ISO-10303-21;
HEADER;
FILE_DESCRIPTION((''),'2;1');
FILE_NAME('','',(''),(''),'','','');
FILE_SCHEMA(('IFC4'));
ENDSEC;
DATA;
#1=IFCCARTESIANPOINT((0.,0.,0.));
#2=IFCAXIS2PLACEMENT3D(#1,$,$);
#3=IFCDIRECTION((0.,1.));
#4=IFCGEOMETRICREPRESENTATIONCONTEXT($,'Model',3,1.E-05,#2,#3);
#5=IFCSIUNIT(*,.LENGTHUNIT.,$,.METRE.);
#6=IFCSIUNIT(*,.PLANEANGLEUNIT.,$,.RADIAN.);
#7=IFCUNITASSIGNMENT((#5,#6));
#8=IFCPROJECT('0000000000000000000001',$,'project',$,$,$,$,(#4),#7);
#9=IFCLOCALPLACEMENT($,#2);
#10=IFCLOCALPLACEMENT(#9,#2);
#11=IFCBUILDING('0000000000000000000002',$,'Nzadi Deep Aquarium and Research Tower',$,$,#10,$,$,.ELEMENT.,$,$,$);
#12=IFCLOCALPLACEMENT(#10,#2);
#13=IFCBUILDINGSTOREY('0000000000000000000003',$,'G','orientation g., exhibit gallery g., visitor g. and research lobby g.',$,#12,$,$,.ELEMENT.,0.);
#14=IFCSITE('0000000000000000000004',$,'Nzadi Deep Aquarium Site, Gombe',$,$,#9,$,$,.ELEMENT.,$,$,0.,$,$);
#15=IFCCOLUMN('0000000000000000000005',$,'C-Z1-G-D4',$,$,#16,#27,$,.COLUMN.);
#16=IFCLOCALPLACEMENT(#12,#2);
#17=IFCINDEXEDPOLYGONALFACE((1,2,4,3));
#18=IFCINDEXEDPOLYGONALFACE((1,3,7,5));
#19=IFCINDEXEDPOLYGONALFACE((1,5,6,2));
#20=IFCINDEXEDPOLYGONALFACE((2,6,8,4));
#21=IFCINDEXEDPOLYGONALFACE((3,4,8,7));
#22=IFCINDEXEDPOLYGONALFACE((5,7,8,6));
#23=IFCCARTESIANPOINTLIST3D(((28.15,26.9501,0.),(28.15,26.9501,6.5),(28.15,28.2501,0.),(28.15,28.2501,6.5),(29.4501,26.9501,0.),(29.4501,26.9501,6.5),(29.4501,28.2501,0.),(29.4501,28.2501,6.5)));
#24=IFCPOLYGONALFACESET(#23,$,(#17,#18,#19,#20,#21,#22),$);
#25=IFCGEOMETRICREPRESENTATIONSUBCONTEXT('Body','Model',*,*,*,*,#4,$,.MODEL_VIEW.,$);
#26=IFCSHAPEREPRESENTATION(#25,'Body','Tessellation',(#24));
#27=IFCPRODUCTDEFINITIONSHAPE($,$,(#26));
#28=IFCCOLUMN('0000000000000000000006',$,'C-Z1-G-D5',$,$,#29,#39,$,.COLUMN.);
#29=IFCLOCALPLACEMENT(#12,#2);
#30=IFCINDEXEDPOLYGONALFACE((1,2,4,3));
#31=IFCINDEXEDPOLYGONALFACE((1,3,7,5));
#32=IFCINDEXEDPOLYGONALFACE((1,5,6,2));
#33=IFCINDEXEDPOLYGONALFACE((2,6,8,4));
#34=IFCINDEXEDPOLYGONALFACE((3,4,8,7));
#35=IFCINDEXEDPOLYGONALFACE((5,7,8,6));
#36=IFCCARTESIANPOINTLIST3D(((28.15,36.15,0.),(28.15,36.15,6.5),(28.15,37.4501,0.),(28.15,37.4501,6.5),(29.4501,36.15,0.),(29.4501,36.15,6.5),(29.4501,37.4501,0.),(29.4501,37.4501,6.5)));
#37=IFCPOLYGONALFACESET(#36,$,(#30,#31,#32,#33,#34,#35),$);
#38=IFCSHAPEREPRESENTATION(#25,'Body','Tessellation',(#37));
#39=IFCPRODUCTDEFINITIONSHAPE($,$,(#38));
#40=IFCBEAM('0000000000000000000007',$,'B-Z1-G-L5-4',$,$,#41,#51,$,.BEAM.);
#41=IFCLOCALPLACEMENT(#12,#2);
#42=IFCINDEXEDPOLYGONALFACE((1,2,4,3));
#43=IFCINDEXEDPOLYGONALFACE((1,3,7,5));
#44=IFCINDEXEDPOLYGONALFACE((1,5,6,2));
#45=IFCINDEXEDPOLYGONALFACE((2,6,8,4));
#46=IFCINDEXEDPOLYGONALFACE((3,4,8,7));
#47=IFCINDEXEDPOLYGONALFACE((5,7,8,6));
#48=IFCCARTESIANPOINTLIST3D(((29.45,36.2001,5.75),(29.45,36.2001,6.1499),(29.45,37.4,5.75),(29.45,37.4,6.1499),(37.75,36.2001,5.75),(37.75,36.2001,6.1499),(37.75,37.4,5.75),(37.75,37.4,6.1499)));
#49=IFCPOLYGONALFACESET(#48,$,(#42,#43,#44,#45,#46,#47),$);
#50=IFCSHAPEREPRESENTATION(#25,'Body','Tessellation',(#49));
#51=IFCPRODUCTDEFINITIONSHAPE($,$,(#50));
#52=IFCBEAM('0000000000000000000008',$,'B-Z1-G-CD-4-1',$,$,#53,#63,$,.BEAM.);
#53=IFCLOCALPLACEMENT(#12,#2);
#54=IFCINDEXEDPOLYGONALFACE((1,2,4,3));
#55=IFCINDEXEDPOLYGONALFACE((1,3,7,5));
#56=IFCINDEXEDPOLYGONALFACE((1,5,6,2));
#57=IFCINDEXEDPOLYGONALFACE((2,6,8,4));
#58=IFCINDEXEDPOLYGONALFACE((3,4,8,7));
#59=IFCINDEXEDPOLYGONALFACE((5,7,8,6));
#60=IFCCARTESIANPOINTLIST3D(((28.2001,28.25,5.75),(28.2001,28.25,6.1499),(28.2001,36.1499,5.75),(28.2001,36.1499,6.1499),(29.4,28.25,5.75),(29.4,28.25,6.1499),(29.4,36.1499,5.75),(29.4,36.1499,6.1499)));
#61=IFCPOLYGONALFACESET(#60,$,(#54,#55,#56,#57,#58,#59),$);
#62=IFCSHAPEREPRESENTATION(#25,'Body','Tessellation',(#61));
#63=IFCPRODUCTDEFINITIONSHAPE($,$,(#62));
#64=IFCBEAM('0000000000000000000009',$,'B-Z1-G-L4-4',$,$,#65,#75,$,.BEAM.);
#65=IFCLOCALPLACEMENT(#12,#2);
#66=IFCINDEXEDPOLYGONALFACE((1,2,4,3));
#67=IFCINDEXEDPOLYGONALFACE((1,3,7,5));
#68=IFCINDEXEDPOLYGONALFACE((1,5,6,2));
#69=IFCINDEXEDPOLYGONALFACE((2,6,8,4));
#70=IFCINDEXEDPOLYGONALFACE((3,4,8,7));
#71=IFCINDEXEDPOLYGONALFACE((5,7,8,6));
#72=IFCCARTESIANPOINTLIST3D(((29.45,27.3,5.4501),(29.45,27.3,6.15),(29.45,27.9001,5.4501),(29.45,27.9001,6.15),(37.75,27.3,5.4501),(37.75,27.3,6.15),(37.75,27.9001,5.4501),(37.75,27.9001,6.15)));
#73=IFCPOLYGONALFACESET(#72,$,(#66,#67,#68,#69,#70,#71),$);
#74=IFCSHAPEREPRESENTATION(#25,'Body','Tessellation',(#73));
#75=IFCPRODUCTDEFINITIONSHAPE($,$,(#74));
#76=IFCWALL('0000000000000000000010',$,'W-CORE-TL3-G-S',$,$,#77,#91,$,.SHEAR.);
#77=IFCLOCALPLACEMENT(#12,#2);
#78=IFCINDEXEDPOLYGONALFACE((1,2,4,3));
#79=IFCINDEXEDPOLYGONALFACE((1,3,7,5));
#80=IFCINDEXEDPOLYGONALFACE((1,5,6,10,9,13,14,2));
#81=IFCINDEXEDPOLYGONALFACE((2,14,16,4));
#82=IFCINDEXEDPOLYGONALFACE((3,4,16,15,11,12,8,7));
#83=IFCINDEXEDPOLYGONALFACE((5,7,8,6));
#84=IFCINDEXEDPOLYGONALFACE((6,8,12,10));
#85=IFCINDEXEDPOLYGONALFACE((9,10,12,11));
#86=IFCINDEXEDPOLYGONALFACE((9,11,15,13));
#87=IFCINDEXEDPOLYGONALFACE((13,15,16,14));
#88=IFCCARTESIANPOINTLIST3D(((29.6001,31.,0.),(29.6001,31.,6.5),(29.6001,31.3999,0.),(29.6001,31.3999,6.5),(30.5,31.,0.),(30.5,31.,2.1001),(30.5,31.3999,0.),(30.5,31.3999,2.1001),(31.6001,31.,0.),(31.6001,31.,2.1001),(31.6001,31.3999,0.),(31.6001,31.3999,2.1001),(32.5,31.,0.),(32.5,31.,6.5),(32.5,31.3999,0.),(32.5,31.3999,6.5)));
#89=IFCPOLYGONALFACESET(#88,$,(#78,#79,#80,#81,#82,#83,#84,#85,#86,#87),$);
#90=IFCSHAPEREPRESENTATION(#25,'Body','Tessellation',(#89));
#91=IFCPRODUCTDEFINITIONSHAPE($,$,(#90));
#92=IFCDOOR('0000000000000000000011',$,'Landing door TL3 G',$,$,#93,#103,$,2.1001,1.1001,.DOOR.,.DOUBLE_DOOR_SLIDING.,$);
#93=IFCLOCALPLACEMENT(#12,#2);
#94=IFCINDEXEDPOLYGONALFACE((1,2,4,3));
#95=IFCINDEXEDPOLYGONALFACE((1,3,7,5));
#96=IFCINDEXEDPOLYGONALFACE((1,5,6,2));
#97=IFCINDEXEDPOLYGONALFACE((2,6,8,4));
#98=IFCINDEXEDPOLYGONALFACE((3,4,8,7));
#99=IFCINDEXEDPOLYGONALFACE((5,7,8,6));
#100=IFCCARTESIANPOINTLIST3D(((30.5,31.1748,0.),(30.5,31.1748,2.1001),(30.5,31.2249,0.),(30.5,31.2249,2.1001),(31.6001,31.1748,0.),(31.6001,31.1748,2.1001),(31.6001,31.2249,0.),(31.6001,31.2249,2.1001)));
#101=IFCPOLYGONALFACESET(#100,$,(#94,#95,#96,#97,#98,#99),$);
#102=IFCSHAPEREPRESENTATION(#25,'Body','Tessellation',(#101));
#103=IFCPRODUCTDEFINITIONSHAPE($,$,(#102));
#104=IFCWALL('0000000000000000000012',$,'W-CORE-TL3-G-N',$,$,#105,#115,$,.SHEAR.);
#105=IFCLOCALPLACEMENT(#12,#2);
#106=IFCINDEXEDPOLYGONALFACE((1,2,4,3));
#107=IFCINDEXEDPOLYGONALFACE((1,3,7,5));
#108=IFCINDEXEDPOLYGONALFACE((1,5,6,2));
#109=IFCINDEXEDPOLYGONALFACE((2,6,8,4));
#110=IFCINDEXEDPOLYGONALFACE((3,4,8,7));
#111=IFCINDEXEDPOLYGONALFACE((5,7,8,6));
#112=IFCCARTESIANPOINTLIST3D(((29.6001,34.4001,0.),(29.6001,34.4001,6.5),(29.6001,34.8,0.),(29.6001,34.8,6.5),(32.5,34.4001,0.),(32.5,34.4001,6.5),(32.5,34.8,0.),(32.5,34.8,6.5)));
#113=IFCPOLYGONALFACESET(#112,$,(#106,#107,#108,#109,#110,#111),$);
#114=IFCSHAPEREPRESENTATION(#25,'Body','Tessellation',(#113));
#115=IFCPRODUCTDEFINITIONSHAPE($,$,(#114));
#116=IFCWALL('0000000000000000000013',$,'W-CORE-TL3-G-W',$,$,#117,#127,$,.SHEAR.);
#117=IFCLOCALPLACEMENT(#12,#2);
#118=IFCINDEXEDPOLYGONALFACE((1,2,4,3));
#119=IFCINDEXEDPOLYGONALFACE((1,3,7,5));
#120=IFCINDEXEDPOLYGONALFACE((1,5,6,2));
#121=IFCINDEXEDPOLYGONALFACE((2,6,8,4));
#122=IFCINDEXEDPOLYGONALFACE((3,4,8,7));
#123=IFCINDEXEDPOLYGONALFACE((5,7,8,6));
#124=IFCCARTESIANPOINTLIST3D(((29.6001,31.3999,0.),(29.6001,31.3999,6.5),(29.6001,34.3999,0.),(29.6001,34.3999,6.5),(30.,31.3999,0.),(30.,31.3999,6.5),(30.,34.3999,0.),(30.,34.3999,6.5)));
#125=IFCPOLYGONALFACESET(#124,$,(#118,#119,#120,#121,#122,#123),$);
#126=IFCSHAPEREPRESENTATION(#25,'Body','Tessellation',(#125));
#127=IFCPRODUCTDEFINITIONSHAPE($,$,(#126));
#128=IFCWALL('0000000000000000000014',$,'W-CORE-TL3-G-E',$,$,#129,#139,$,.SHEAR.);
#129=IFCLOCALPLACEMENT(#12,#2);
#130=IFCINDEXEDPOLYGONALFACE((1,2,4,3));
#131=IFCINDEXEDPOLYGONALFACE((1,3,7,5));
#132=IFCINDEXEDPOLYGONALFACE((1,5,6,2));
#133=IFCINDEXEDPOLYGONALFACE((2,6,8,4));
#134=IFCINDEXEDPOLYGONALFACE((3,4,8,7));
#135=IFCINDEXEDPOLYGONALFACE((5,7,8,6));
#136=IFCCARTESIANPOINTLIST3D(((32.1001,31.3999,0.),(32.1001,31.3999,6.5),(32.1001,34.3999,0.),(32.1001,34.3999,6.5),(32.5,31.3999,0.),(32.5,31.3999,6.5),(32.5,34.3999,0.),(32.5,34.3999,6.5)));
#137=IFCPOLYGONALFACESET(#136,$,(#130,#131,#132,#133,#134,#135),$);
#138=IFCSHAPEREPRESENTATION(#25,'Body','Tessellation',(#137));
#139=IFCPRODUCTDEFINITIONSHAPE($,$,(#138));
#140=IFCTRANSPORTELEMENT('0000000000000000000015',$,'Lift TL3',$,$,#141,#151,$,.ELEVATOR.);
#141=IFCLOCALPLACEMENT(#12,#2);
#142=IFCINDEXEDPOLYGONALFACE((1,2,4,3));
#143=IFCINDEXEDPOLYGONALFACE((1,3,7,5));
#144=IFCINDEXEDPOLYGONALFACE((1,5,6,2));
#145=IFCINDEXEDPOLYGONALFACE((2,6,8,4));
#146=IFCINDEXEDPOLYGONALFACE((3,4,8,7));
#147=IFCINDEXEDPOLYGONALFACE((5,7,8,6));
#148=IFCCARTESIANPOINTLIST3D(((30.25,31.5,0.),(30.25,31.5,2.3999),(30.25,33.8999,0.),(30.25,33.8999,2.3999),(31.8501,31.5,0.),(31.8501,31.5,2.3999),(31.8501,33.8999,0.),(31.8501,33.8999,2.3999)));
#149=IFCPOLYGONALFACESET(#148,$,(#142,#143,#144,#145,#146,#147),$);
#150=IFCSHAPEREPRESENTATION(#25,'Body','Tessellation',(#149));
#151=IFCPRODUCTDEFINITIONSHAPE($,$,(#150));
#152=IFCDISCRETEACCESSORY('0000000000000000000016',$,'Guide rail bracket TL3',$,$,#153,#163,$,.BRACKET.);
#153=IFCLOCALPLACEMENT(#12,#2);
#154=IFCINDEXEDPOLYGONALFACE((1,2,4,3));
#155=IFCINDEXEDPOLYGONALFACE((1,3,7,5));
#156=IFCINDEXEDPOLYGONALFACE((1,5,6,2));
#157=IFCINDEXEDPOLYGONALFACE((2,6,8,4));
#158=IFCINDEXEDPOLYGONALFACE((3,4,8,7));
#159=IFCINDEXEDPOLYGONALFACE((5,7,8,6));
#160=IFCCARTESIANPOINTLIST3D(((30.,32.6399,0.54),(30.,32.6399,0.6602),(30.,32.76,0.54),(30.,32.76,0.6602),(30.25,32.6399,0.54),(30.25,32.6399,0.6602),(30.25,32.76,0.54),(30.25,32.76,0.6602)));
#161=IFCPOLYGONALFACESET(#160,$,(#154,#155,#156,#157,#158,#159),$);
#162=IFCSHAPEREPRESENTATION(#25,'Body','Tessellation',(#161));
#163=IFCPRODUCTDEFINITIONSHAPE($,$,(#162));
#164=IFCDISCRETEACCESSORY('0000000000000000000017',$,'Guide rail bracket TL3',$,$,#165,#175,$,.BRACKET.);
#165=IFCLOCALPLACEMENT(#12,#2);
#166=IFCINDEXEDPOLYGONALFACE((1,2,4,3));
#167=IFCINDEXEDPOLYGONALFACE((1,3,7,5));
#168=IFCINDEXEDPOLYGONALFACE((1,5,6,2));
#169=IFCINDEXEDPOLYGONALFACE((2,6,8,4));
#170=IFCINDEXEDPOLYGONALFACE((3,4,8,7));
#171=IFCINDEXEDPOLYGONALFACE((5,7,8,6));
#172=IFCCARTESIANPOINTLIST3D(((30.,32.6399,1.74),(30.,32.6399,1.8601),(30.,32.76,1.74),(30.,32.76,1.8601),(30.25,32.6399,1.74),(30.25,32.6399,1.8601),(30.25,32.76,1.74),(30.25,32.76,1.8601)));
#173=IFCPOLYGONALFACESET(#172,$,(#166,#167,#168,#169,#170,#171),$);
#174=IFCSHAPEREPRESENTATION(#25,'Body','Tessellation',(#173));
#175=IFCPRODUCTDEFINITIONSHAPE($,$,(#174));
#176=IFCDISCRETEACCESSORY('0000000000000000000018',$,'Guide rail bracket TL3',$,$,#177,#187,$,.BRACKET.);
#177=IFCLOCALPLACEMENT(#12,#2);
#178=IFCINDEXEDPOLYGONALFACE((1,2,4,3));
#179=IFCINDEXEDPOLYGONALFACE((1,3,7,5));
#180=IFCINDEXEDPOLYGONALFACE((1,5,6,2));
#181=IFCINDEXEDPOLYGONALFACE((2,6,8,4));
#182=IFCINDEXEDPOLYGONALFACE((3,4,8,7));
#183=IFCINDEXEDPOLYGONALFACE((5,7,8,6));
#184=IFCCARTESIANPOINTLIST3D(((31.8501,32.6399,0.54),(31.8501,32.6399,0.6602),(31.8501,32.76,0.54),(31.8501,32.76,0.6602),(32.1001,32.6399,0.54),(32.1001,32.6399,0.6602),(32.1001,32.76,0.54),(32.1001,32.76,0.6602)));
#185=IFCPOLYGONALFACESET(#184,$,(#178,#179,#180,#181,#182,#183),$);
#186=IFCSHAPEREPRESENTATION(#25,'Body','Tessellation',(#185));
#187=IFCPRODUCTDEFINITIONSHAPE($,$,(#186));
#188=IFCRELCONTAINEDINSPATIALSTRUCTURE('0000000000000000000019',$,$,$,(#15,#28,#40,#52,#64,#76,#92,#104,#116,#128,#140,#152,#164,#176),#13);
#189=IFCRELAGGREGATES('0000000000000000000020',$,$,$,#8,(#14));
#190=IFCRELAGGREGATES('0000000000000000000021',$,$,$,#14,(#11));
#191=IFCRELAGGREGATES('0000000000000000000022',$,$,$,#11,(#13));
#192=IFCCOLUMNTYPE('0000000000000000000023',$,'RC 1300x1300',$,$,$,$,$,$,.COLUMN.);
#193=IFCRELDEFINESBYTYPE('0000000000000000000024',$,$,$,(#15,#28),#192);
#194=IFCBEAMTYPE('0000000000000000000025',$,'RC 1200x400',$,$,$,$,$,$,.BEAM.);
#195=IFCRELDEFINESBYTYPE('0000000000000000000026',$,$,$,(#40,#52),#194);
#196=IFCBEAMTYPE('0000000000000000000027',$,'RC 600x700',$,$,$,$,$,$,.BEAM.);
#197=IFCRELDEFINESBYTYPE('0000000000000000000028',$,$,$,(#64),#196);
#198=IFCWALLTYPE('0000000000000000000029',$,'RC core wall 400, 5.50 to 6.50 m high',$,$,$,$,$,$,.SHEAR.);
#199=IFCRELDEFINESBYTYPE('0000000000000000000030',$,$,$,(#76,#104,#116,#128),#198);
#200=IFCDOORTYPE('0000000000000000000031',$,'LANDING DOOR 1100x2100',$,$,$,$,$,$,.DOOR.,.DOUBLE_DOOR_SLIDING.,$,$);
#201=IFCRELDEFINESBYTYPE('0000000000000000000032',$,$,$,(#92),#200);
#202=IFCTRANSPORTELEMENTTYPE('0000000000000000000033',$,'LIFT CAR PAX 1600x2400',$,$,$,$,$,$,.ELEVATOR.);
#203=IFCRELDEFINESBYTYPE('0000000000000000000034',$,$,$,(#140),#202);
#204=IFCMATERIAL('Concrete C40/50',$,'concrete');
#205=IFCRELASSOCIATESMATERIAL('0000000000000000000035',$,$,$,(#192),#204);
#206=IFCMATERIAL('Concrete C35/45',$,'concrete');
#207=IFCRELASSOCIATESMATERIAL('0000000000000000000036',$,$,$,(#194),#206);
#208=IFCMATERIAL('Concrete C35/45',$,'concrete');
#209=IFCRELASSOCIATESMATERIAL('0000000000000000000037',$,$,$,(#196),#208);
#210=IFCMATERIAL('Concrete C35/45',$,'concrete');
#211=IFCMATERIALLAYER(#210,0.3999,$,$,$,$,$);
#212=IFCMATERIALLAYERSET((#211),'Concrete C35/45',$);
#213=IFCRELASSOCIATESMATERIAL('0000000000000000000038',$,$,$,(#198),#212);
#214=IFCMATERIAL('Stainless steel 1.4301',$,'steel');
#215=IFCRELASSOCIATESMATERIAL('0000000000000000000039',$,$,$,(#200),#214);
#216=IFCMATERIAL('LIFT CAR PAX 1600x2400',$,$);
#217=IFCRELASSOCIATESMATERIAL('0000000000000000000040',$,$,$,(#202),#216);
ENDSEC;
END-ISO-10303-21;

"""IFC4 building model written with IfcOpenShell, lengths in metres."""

from ifc_helpers import new_model, si_unit, direction, frame, frame_2d, origin, origin_2d, place, context, subcontext, project, spatial, rectangle, extrude, material, layer, layer_set, material_profile, profile_set, type_object, element, fill, save


model = new_model("IFC4")

# Units and contexts
model_context = context("Model", 3, precision=1e-05, world=origin(), true_north=direction((0.0, 1.0)))
body_context = subcontext(model_context, "Body", "Model", "MODEL_VIEW")
ifc_project = project(units=[si_unit("LENGTHUNIT", "METRE"), si_unit("PLANEANGLEUNIT", "RADIAN")], contexts=[model_context])

# Site, building, storey
site_placement = place(None, origin())
site = spatial("IfcSite", under=ifc_project, at=site_placement, Name="Nzadi Deep Aquarium Site, Gombe", CompositionType="ELEMENT", RefElevation=0.0)
building_placement = place(site_placement, origin())
building = spatial("IfcBuilding", under=site, at=building_placement, Name="Nzadi Deep Aquarium and Research Tower", CompositionType="ELEMENT")
storey_placement = place(building_placement, origin())
storey = spatial("IfcBuildingStorey", under=building, at=storey_placement, Name="G", Description="orientation g., exhibit gallery g., visitor g. and research lobby g.", CompositionType="ELEMENT", Elevation=0.0)

# Columns
ifc_material_1 = material(Name="Concrete C40/50", Category="concrete")
ifc_material_profile_1 = material_profile(ifc_material_1, rectangle(XDim=1.3, YDim=1.3, at=origin_2d()))
ifc_profile_set_1 = profile_set([ifc_material_profile_1], Name="Concrete C40/50")
column_type = type_object("IfcColumnType", Name="RC 1300x1300", PredefinedType="COLUMN", material=ifc_profile_set_1)
for number, where, z_axis, x_axis, name in (
    (1, (28.8, 27.6001, 0.0), (0.0, 0.0, 1.0), (1.0, 0.0, 0.0), "C-Z1-G-D4"),
    (2, (28.8, 36.8, 0.0), (0.0, 0.0, 1.0), (1.0, 0.0, 0.0), "C-Z1-G-D5"),
):
    element("IfcColumn", number, at=place(storey_placement, frame(where, z_axis=z_axis, x_axis=x_axis)), inside=storey, type_object=column_type, Name=name, PredefinedType="COLUMN", context=body_context, shape_type="SweptSolid", body=[
        extrude(rectangle(XDim=1.3, YDim=1.3, at=origin_2d()), origin(), (0.0, 0.0, 1.0), 6.5),
    ])

# Beams
ifc_material_2 = material(Name="Concrete C35/45", Category="concrete")
ifc_material_profile_2 = material_profile(ifc_material_2, rectangle(XDim=1.2, YDim=0.3999, at=origin_2d()))
ifc_profile_set_2 = profile_set([ifc_material_profile_2], Name="Concrete C35/45")
beam_type_1 = type_object("IfcBeamType", Name="RC 1200x400", PredefinedType="BEAM", material=ifc_profile_set_2)
beam_1_placement = place(storey_placement, frame((29.45, 36.8, 5.95), z_axis=(1.0, 0.0, 0.0), x_axis=(0.0, 1.0, 0.0)))
element("IfcBeam", 3, at=beam_1_placement, inside=storey, type_object=beam_type_1, Name="B-Z1-G-L5-4", PredefinedType="BEAM", context=body_context, shape_type="SweptSolid", body=[
    extrude(rectangle(XDim=1.2, YDim=0.3999, at=origin_2d()), origin(), (0.0, 0.0, 1.0), 8.3),
])
beam_2_placement = place(storey_placement, frame((28.8, 28.25, 5.95), z_axis=(0.0, 1.0, 0.0), x_axis=(-1.0, 0.0, 0.0)))
element("IfcBeam", 4, at=beam_2_placement, inside=storey, type_object=beam_type_1, Name="B-Z1-G-CD-4-1", PredefinedType="BEAM", context=body_context, shape_type="SweptSolid", body=[
    extrude(rectangle(XDim=1.2, YDim=0.3999, at=origin_2d()), origin(), (0.0, 0.0, 1.0), 7.8999),
])
ifc_material_3 = material(Name="Concrete C35/45", Category="concrete")
ifc_material_profile_3 = material_profile(ifc_material_3, rectangle(XDim=0.6001, YDim=0.7, at=origin_2d()))
ifc_profile_set_3 = profile_set([ifc_material_profile_3], Name="Concrete C35/45")
beam_type_2 = type_object("IfcBeamType", Name="RC 600x700", PredefinedType="BEAM", material=ifc_profile_set_3)
beam_3_placement = place(storey_placement, frame((29.45, 27.6001, 5.8), z_axis=(1.0, 0.0, 0.0), x_axis=(0.0, 1.0, 0.0)))
element("IfcBeam", 5, at=beam_3_placement, inside=storey, type_object=beam_type_2, Name="B-Z1-G-L4-4", PredefinedType="BEAM", context=body_context, shape_type="SweptSolid", body=[
    extrude(rectangle(XDim=0.6001, YDim=0.7, at=origin_2d()), origin(), (0.0, 0.0, 1.0), 8.3),
])

# Wall, opening, door
ifc_material_4 = material(Name="Concrete C35/45", Category="concrete")
ifc_layer = layer(ifc_material_4, 0.3999)
ifc_layer_set = layer_set([ifc_layer], Name="Concrete C35/45")
wall_type = type_object("IfcWallType", Name="RC core wall 400, 5.50 to 6.50 m high", PredefinedType="SHEAR", material=ifc_layer_set)
wall_1_placement = place(storey_placement, frame((29.6001, 31.2, 0.0), z_axis=(0.0, 0.0, 1.0), x_axis=(1.0, 0.0, 0.0)))
wall_1 = element("IfcWall", 6, at=wall_1_placement, inside=storey, type_object=wall_type, Name="W-CORE-TL3-G-S", PredefinedType="SHEAR", context=body_context, shape_type="SweptSolid", body=[
    extrude(rectangle(XDim=2.8999, YDim=0.3999, at=frame_2d((1.45, 0.0))), origin(), (0.0, 0.0, 1.0), 6.5),
])
opening_placement = place(wall_1_placement, frame((0.8999, 0.0, 0.0)))
opening = element("IfcOpeningElement", 7, at=opening_placement, cuts=wall_1, PredefinedType="OPENING", context=body_context, shape_type="SweptSolid", body=[
    extrude(rectangle(XDim=1.1001, YDim=2.1001, at=frame_2d((0.55, 1.05))), frame((0.0, 0.21, 0.0), z_axis=(0.0, -1.0, 0.0), x_axis=(1.0, 0.0, 0.0)), (0.0, 0.0, 1.0), 0.4199),
])
ifc_material_5 = material(Name="Stainless steel 1.4301", Category="steel")
door_type = type_object("IfcDoorType", Name="LANDING DOOR 1100x2100", OperationType="DOUBLE_DOOR_SLIDING", PredefinedType="DOOR", material=ifc_material_5)
door_placement = place(opening_placement, origin())
door = element("IfcDoor", 8, at=door_placement, inside=storey, type_object=door_type, Name="Landing door TL3 G", OperationType="DOUBLE_DOOR_SLIDING", OverallHeight=2.1001, OverallWidth=1.1001, PredefinedType="DOOR", context=body_context, shape_type="SweptSolid", body=[
    extrude(rectangle(XDim=1.1001, YDim=2.1001, at=frame_2d((0.55, 1.05))), frame((0.0, 0.0249, 0.0), z_axis=(0.0, -1.0, 0.0), x_axis=(1.0, 0.0, 0.0)), (0.0, 0.0, 1.0), 0.05),
])
fill(opening, door)

# Walls
wall_2_placement = place(storey_placement, frame((29.6001, 34.6001, 0.0), z_axis=(0.0, 0.0, 1.0), x_axis=(1.0, 0.0, 0.0)))
element("IfcWall", 9, at=wall_2_placement, inside=storey, type_object=wall_type, Name="W-CORE-TL3-G-N", PredefinedType="SHEAR", context=body_context, shape_type="SweptSolid", body=[
    extrude(rectangle(XDim=2.8999, YDim=0.3999, at=frame_2d((1.45, 0.0))), origin(), (0.0, 0.0, 1.0), 6.5),
])
for number, where, z_axis, x_axis, name in (
    (10, (29.8, 31.3999, 0.0), (0.0, 0.0, 1.0), (0.0, 1.0, 0.0), "W-CORE-TL3-G-W"),
    (11, (32.3, 31.3999, 0.0), (0.0, 0.0, 1.0), (0.0, 1.0, 0.0), "W-CORE-TL3-G-E"),
):
    element("IfcWall", number, at=place(storey_placement, frame(where, z_axis=z_axis, x_axis=x_axis)), inside=storey, type_object=wall_type, Name=name, PredefinedType="SHEAR", context=body_context, shape_type="SweptSolid", body=[
        extrude(rectangle(XDim=3.0, YDim=0.3999, at=frame_2d((1.5, 0.0))), origin(), (0.0, 0.0, 1.0), 6.5),
    ])

# Transport element
ifc_material_6 = material(Name="LIFT CAR PAX 1600x2400")
transport_element_type = type_object("IfcTransportElementType", Name="LIFT CAR PAX 1600x2400", PredefinedType="ELEVATOR", material=ifc_material_6)
transport_element_placement = place(storey_placement, frame((31.05, 32.7, 0.0), z_axis=(0.0, 0.0, 1.0), x_axis=(1.0, 0.0, 0.0)))
element("IfcTransportElement", 12, at=transport_element_placement, inside=storey, type_object=transport_element_type, Name="Lift TL3", PredefinedType="ELEVATOR", context=body_context, shape_type="SweptSolid", body=[
    extrude(rectangle(XDim=1.6001, YDim=2.3999, at=origin_2d()), origin(), (0.0, 0.0, 1.0), 2.3999),
])

# Discrete accessories
for number, where, z_axis, x_axis, name in (
    (13, (30.125, 32.7, 0.54), (0.0, 0.0, 1.0), (1.0, 0.0, 0.0), "Guide rail bracket TL3"),
    (14, (30.125, 32.7, 1.74), (0.0, 0.0, 1.0), (1.0, 0.0, 0.0), "Guide rail bracket TL3"),
    (15, (31.9751, 32.7, 0.54), (0.0, 0.0, 1.0), (1.0, 0.0, 0.0), "Guide rail bracket TL3"),
):
    element("IfcDiscreteAccessory", number, at=place(storey_placement, frame(where, z_axis=z_axis, x_axis=x_axis)), inside=storey, Name=name, PredefinedType="BRACKET", context=body_context, shape_type="SweptSolid", body=[
        extrude(rectangle(XDim=0.25, YDim=0.1201, at=origin_2d()), origin(), (0.0, 0.0, 1.0), 0.1201),
    ])

save(model, "model.ifc")
